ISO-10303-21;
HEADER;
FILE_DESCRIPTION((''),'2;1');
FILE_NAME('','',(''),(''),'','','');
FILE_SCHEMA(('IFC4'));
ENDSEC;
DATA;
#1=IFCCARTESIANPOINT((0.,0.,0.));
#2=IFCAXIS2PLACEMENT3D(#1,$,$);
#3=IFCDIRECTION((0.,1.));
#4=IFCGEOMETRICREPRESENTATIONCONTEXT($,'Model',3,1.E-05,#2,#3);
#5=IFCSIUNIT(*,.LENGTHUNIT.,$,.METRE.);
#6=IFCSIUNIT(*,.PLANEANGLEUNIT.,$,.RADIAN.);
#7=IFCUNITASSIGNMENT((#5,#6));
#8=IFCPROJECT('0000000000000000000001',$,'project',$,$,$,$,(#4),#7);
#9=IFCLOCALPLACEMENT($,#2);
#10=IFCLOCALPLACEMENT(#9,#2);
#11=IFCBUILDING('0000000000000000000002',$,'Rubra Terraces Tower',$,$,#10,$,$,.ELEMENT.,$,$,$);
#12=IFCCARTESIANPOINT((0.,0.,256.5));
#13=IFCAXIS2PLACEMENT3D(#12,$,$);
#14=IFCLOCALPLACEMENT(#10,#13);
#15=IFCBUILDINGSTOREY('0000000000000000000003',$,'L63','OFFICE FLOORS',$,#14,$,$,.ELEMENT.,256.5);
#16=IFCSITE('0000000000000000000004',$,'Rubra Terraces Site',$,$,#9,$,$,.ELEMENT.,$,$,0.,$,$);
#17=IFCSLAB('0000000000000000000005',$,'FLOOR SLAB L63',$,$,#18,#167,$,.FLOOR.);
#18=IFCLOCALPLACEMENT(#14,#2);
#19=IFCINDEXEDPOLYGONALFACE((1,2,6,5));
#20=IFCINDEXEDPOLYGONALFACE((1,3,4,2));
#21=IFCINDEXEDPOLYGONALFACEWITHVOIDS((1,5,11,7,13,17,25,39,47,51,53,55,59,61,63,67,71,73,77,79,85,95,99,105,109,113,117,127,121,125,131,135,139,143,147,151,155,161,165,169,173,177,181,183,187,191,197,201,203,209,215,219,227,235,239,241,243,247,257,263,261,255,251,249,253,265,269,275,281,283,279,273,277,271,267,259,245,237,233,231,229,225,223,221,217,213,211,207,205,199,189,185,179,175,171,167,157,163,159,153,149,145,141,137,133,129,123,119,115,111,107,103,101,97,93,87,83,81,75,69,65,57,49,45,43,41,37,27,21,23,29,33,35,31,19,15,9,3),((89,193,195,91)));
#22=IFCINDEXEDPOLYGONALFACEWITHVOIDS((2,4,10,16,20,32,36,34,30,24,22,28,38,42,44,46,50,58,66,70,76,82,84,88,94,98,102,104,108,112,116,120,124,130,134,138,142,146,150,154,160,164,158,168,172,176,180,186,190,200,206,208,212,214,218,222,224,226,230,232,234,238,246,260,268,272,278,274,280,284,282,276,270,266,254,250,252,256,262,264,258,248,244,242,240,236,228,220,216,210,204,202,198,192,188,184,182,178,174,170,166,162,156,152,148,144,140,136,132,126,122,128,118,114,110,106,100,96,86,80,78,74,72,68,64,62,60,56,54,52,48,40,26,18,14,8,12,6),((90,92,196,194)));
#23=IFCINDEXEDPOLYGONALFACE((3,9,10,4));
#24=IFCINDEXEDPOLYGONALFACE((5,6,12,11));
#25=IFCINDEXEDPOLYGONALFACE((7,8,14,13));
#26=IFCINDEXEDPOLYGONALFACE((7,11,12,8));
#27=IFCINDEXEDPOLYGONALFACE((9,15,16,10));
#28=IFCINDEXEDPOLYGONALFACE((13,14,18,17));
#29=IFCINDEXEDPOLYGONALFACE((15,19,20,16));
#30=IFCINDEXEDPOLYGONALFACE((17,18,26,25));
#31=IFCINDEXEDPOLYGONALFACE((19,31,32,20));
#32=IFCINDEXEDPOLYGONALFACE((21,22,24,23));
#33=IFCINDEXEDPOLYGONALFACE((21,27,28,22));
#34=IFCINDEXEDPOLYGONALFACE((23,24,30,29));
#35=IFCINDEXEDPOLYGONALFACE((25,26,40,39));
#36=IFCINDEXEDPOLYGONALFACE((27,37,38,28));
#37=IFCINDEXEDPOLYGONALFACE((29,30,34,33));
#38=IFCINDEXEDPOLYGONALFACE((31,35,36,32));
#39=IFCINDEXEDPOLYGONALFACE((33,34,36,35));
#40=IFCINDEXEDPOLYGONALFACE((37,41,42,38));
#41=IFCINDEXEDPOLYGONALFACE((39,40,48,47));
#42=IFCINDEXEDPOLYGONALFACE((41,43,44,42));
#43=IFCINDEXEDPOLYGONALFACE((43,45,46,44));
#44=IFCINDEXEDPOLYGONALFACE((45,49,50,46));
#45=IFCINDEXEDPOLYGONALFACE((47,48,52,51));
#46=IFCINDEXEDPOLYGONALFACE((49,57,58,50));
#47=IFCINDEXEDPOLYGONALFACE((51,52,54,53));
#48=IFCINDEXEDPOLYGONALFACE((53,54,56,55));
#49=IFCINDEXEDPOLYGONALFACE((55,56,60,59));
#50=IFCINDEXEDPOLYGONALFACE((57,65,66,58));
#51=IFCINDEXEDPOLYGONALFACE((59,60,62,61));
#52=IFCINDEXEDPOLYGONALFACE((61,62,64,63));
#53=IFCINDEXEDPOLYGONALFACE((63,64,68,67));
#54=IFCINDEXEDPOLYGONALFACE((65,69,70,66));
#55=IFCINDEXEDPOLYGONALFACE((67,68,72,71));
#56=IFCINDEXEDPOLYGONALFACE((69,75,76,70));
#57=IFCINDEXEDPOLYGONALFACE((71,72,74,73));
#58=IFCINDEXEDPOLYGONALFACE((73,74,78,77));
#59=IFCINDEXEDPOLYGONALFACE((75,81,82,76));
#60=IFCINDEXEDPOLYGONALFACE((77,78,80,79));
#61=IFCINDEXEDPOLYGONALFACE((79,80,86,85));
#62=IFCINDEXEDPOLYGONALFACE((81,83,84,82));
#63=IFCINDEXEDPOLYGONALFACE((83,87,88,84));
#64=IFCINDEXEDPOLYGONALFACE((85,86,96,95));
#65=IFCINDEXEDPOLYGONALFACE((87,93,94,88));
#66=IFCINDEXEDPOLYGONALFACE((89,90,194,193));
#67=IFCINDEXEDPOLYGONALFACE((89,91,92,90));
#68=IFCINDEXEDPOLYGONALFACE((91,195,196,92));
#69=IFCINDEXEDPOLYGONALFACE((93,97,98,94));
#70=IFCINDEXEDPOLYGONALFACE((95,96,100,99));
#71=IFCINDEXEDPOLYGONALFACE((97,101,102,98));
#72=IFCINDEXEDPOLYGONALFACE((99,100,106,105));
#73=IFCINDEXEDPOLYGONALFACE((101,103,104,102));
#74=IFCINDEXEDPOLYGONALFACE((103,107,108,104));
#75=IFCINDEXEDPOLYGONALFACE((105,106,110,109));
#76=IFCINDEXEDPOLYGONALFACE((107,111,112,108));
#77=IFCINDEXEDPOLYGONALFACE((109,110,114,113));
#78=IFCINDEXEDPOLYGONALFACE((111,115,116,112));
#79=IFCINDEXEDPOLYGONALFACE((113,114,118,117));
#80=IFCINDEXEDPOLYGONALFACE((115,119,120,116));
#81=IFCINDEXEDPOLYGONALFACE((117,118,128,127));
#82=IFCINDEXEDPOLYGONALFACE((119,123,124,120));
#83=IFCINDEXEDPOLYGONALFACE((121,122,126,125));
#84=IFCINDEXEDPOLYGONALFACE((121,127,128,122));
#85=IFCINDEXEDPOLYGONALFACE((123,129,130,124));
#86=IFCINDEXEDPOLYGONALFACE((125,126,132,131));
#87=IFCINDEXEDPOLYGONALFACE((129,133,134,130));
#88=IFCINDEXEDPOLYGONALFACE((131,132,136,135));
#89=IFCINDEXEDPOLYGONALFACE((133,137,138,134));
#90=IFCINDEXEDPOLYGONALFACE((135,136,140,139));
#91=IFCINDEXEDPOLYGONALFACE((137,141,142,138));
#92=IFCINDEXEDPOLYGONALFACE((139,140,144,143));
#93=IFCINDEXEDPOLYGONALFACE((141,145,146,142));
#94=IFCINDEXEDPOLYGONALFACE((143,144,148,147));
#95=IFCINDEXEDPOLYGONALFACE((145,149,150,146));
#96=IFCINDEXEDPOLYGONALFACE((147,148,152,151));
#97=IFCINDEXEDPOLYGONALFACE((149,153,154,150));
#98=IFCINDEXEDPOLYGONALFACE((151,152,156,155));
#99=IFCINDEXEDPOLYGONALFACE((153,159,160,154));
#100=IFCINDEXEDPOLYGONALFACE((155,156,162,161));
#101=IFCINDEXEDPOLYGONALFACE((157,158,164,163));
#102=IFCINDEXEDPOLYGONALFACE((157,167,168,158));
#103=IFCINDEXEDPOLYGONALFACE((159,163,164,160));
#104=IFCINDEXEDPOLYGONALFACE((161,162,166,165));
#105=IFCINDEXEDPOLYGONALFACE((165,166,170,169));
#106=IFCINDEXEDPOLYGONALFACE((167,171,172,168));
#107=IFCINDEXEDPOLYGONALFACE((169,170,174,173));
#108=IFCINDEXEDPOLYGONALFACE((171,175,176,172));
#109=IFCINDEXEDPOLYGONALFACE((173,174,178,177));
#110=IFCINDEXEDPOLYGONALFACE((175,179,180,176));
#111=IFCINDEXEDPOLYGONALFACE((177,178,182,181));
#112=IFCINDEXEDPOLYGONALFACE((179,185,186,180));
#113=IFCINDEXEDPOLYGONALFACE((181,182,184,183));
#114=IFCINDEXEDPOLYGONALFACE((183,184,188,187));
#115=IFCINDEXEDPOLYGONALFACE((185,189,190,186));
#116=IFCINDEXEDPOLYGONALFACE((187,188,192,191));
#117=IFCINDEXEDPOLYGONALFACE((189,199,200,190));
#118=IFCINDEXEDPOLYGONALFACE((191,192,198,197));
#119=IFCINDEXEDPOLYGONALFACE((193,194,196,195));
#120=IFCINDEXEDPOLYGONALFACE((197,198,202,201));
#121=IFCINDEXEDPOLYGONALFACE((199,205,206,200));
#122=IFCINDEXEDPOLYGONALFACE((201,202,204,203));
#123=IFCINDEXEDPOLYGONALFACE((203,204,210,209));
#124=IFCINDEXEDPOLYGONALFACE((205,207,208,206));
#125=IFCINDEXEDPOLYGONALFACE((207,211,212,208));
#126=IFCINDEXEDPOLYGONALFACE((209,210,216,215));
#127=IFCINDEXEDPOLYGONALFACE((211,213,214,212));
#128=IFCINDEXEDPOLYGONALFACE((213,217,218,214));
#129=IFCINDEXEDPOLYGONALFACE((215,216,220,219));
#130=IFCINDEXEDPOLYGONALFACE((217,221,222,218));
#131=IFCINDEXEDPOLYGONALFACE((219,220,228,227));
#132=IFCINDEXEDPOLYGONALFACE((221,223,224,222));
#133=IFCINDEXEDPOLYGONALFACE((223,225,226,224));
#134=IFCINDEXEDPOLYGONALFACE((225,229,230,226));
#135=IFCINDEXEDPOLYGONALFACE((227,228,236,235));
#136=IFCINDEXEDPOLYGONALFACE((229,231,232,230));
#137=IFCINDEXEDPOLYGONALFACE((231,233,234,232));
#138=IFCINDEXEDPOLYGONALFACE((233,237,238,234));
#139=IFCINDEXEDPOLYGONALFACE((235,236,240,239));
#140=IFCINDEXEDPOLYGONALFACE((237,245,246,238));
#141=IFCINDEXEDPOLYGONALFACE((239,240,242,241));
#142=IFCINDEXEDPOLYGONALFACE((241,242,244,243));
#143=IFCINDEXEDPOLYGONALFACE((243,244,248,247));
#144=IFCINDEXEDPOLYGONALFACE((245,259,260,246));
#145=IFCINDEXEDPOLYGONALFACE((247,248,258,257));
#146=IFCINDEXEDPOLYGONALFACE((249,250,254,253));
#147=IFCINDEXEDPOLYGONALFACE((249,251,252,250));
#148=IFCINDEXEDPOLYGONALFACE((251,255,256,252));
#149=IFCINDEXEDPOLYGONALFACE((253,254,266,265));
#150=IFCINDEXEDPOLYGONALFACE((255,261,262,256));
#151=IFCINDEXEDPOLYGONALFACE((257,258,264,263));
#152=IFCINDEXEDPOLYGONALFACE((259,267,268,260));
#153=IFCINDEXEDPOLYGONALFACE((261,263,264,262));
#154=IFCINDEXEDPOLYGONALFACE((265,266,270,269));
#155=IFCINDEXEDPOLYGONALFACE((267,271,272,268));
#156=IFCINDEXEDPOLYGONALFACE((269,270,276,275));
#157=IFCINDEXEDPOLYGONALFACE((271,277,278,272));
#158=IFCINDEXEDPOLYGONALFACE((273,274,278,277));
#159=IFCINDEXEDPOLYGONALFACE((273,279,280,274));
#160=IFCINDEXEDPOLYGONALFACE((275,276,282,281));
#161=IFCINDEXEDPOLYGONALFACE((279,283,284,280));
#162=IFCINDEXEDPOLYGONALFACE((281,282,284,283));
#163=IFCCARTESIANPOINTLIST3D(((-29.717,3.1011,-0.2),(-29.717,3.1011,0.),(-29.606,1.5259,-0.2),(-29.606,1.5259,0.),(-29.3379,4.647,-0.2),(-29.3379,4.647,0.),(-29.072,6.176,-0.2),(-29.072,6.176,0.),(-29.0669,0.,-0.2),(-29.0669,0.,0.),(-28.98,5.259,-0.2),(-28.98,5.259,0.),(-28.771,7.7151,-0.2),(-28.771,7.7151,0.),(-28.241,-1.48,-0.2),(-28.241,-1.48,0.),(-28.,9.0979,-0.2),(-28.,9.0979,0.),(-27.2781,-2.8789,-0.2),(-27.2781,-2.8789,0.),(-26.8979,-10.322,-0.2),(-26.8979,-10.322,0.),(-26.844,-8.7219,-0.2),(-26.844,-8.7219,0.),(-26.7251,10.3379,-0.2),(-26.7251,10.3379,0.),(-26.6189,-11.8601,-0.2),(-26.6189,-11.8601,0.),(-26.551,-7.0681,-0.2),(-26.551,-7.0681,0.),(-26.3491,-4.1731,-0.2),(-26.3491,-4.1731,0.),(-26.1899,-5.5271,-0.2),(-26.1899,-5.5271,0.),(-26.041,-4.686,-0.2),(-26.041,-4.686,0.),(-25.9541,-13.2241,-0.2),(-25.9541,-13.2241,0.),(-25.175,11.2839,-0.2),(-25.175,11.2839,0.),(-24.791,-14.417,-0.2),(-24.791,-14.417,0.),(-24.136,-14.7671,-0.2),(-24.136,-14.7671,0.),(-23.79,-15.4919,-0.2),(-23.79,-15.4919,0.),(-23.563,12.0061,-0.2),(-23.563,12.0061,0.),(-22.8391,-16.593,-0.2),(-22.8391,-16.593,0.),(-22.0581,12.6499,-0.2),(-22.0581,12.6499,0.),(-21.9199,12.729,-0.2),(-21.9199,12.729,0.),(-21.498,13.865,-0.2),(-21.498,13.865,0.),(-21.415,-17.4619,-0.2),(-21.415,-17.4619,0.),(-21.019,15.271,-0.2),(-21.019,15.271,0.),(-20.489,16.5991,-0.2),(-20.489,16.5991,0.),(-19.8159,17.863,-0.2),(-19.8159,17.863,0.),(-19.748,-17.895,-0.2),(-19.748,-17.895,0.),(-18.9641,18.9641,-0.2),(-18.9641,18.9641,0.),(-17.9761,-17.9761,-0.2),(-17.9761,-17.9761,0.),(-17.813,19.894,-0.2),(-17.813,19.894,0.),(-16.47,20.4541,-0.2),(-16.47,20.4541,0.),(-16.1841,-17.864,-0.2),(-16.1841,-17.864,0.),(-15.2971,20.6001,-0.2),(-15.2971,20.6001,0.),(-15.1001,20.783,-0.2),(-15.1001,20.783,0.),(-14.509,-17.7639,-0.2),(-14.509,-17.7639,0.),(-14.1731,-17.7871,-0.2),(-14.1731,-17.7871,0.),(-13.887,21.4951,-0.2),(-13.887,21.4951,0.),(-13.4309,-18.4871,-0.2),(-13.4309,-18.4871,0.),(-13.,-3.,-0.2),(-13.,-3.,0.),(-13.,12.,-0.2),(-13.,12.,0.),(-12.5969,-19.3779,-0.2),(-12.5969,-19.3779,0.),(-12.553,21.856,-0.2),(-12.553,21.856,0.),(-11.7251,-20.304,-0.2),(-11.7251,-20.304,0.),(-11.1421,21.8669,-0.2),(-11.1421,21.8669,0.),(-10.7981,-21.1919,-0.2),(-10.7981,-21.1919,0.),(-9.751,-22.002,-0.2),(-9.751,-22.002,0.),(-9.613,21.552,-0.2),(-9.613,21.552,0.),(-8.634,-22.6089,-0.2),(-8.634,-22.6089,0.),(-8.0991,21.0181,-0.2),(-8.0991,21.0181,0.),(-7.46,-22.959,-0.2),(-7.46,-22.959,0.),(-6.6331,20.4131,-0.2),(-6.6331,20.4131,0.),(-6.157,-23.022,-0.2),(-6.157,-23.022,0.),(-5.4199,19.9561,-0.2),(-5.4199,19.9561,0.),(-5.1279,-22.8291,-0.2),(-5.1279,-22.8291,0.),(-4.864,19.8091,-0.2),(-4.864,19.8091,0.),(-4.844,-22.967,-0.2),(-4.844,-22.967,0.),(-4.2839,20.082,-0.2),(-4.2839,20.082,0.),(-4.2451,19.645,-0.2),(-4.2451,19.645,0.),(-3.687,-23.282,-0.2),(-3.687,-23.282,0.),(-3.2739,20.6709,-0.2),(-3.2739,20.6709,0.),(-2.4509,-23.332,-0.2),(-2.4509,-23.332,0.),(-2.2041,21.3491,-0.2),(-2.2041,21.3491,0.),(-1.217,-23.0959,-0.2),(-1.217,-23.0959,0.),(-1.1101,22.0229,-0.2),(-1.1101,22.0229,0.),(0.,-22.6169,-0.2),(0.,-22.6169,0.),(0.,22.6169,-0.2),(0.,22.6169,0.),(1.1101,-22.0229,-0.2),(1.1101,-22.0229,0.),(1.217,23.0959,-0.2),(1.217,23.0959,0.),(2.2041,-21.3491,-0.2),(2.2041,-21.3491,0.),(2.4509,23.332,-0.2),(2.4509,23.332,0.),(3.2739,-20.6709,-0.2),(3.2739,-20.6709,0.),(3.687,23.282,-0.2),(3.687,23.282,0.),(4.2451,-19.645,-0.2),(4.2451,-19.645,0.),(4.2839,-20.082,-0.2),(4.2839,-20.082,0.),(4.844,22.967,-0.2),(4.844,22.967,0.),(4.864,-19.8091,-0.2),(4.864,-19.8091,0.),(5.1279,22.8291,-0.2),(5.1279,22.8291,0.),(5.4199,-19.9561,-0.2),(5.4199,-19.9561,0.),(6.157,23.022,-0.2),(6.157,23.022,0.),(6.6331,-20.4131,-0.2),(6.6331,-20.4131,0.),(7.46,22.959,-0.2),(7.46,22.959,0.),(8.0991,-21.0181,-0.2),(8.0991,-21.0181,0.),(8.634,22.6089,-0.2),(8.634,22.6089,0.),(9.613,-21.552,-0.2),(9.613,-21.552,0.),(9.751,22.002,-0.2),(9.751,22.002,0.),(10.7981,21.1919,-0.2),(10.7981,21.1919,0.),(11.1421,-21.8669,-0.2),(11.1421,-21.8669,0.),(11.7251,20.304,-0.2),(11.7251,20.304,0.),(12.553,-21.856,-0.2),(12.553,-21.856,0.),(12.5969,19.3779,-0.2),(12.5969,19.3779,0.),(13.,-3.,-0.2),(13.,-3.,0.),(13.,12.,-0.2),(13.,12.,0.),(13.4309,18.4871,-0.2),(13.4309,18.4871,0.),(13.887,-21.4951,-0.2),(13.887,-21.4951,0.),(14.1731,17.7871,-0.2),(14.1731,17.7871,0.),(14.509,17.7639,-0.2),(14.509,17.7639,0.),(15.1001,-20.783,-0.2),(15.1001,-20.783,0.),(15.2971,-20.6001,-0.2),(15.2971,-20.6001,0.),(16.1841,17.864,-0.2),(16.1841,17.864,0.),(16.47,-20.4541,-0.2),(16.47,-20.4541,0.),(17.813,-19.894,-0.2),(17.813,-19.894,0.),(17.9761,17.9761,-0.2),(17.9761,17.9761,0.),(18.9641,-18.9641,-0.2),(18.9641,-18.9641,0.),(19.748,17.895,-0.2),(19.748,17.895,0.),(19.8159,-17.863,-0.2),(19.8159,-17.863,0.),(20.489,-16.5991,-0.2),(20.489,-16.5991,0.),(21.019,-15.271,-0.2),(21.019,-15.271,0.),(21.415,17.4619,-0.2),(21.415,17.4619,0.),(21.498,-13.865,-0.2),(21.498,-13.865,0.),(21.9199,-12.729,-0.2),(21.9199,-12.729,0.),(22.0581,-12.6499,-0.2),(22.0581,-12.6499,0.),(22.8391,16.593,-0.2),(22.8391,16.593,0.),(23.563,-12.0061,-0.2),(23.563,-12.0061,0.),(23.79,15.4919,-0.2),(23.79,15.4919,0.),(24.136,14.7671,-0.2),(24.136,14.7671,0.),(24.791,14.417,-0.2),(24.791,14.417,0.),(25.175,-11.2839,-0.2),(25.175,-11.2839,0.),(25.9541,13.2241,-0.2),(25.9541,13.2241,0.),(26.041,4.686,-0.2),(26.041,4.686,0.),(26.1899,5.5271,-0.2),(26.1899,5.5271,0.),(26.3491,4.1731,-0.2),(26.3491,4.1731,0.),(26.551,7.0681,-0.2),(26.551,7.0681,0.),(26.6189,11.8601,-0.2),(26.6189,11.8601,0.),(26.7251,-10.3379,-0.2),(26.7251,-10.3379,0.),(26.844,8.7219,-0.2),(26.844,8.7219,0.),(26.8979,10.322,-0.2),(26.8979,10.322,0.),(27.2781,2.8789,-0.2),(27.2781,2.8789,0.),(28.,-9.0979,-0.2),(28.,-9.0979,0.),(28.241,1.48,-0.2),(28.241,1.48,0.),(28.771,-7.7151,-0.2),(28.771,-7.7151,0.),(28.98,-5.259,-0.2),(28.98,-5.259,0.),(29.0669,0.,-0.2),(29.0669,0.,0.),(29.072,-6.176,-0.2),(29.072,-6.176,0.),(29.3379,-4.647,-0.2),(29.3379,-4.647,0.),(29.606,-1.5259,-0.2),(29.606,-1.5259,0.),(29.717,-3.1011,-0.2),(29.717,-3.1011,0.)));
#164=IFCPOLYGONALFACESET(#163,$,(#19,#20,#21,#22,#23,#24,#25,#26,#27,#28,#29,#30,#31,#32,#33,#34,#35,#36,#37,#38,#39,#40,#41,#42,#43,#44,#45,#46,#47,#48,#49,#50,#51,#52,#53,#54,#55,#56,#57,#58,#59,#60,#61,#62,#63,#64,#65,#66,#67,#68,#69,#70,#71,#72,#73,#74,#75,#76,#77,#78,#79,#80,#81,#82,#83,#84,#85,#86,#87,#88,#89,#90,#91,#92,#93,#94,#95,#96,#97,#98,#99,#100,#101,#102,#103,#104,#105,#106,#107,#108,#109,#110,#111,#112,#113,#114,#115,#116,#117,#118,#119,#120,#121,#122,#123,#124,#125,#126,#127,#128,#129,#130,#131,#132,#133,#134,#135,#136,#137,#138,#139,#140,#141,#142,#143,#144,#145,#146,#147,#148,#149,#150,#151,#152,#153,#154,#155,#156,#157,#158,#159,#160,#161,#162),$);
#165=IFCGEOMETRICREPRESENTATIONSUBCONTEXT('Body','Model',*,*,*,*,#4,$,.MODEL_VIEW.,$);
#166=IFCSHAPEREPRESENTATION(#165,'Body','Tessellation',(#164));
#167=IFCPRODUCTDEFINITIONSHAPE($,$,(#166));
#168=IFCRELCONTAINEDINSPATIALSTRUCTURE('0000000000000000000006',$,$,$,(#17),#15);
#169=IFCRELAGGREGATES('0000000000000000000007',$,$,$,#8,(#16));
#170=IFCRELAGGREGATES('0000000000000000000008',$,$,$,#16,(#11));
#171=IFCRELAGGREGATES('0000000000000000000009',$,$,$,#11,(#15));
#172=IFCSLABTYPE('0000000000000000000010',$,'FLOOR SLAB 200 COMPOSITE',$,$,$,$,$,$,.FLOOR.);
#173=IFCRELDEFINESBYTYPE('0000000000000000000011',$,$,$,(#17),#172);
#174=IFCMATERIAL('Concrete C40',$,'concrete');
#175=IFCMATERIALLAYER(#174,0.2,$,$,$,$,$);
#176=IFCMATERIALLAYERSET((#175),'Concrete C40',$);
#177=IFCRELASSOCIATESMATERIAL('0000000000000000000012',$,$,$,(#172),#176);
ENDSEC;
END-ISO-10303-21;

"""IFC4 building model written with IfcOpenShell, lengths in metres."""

from ifc_helpers import new_model, si_unit, direction, frame, origin, place, context, subcontext, project, spatial, polyline, outline, extrude, material, layer, layer_set, type_object, element, save


model = new_model("IFC4")

# Units and contexts
model_context = context("Model", 3, precision=1e-05, world=origin(), true_north=direction((0.0, 1.0)))
body_context = subcontext(model_context, "Body", "Model", "MODEL_VIEW")
ifc_project = project(units=[si_unit("LENGTHUNIT", "METRE"), si_unit("PLANEANGLEUNIT", "RADIAN")], contexts=[model_context])

# Site, building, storey
site_placement = place(None, origin())
site = spatial("IfcSite", under=ifc_project, at=site_placement, Name="Rubra Terraces Site", CompositionType="ELEMENT", RefElevation=0.0)
building_placement = place(site_placement, origin())
building = spatial("IfcBuilding", under=site, at=building_placement, Name="Rubra Terraces Tower", CompositionType="ELEMENT")
storey_placement = place(building_placement, frame((0.0, 0.0, 256.5)))
storey = spatial("IfcBuildingStorey", under=building, at=storey_placement, Name="L63", Description="OFFICE FLOORS", CompositionType="ELEMENT", Elevation=256.5)

# Shared definitions
ifc_material_1 = material(Name="Concrete C40", Category="concrete")

# Slab
ifc_layer_1 = layer(ifc_material_1, 0.2)
ifc_layer_set_1 = layer_set([ifc_layer_1], Name="Concrete C40")
slab_type_1 = type_object("IfcSlabType", Name="FLOOR SLAB 200 COMPOSITE", PredefinedType="FLOOR", material=ifc_layer_set_1)
slab_1_placement = place(storey_placement, frame((0.0, 0.0, -0.2)))
element("IfcSlab", 1, at=slab_1_placement, inside=storey, type_object=slab_type_1, Name="FLOOR SLAB L63", PredefinedType="FLOOR", context=body_context, shape_type="SweptSolid", body=[
    extrude(outline(polyline([(15.1001, -20.783), (15.2971, -20.6001), (16.47, -20.4541), (17.813, -19.894), (18.9641, -18.9641), (19.8159, -17.863), (20.489, -16.5991), (21.019, -15.271), (21.498, -13.865), (21.9199, -12.729), (22.0581, -12.6499), (23.563, -12.0061), (25.175, -11.2839), (26.7251, -10.3379), (28.0, -9.0979), (28.771, -7.7151), (29.072, -6.176), (28.98, -5.259), (29.3379, -4.647), (29.717, -3.1011), (29.606, -1.5259), (29.0669, 0.0), (28.241, 1.48), (27.2781, 2.8789), (26.3491, 4.1731), (26.041, 4.686), (26.1899, 5.5271), (26.551, 7.0681), (26.844, 8.7219), (26.8979, 10.322), (26.6189, 11.8601), (25.9541, 13.2241), (24.791, 14.417), (24.136, 14.7671), (23.79, 15.4919), (22.8391, 16.593), (21.415, 17.4619), (19.748, 17.895), (17.9761, 17.9761), (16.1841, 17.864), (14.509, 17.7639), (14.1731, 17.7871), (13.4309, 18.4871), (12.5969, 19.3779), (11.7251, 20.304), (10.7981, 21.1919), (9.751, 22.002), (8.634, 22.6089), (7.46, 22.959), (6.157, 23.022), (5.1279, 22.8291), (4.844, 22.967), (3.687, 23.282), (2.4509, 23.332), (1.217, 23.0959), (0.0, 22.6169), (-1.1101, 22.0229), (-2.2041, 21.3491), (-3.2739, 20.6709), (-4.2839, 20.082), (-4.864, 19.8091), (-4.2451, 19.645), (-5.4199, 19.9561), (-6.6331, 20.4131), (-8.0991, 21.0181), (-9.613, 21.552), (-11.1421, 21.8669), (-12.553, 21.856), (-13.887, 21.4951), (-15.1001, 20.783), (-15.2971, 20.6001), (-16.47, 20.4541), (-17.813, 19.894), (-18.9641, 18.9641), (-19.8159, 17.863), (-20.489, 16.5991), (-21.019, 15.271), (-21.498, 13.865), (-21.9199, 12.729), (-22.0581, 12.6499), (-23.563, 12.0061), (-25.175, 11.2839), (-26.7251, 10.3379), (-28.0, 9.0979), (-28.771, 7.7151), (-29.072, 6.176), (-28.98, 5.259), (-29.3379, 4.647), (-29.717, 3.1011), (-29.606, 1.5259), (-29.0669, 0.0), (-28.241, -1.48), (-27.2781, -2.8789), (-26.3491, -4.1731), (-26.041, -4.686), (-26.1899, -5.5271), (-26.551, -7.0681), (-26.844, -8.7219), (-26.8979, -10.322), (-26.6189, -11.8601), (-25.9541, -13.2241), (-24.791, -14.417), (-24.136, -14.7671), (-23.79, -15.4919), (-22.8391, -16.593), (-21.415, -17.4619), (-19.748, -17.895), (-17.9761, -17.9761), (-16.1841, -17.864), (-14.509, -17.7639), (-14.1731, -17.7871), (-13.4309, -18.4871), (-12.5969, -19.3779), (-11.7251, -20.304), (-10.7981, -21.1919), (-9.751, -22.002), (-8.634, -22.6089), (-7.46, -22.959), (-6.157, -23.022), (-5.1279, -22.8291), (-4.844, -22.967), (-3.687, -23.282), (-2.4509, -23.332), (-1.217, -23.0959), (0.0, -22.6169), (1.1101, -22.0229), (2.2041, -21.3491), (3.2739, -20.6709), (4.2839, -20.082), (4.864, -19.8091), (4.2451, -19.645), (5.4199, -19.9561), (6.6331, -20.4131), (8.0991, -21.0181), (9.613, -21.552), (11.1421, -21.8669), (12.553, -21.856), (13.887, -21.4951), (15.1001, -20.783)]), holes=[polyline([(13.0, 12.0), (13.0, -3.0), (-13.0, -3.0), (-13.0, 12.0), (13.0, 12.0)])]), origin(), (0.0, 0.0, 1.0), 0.2),
])

save(model, "model.ifc")
